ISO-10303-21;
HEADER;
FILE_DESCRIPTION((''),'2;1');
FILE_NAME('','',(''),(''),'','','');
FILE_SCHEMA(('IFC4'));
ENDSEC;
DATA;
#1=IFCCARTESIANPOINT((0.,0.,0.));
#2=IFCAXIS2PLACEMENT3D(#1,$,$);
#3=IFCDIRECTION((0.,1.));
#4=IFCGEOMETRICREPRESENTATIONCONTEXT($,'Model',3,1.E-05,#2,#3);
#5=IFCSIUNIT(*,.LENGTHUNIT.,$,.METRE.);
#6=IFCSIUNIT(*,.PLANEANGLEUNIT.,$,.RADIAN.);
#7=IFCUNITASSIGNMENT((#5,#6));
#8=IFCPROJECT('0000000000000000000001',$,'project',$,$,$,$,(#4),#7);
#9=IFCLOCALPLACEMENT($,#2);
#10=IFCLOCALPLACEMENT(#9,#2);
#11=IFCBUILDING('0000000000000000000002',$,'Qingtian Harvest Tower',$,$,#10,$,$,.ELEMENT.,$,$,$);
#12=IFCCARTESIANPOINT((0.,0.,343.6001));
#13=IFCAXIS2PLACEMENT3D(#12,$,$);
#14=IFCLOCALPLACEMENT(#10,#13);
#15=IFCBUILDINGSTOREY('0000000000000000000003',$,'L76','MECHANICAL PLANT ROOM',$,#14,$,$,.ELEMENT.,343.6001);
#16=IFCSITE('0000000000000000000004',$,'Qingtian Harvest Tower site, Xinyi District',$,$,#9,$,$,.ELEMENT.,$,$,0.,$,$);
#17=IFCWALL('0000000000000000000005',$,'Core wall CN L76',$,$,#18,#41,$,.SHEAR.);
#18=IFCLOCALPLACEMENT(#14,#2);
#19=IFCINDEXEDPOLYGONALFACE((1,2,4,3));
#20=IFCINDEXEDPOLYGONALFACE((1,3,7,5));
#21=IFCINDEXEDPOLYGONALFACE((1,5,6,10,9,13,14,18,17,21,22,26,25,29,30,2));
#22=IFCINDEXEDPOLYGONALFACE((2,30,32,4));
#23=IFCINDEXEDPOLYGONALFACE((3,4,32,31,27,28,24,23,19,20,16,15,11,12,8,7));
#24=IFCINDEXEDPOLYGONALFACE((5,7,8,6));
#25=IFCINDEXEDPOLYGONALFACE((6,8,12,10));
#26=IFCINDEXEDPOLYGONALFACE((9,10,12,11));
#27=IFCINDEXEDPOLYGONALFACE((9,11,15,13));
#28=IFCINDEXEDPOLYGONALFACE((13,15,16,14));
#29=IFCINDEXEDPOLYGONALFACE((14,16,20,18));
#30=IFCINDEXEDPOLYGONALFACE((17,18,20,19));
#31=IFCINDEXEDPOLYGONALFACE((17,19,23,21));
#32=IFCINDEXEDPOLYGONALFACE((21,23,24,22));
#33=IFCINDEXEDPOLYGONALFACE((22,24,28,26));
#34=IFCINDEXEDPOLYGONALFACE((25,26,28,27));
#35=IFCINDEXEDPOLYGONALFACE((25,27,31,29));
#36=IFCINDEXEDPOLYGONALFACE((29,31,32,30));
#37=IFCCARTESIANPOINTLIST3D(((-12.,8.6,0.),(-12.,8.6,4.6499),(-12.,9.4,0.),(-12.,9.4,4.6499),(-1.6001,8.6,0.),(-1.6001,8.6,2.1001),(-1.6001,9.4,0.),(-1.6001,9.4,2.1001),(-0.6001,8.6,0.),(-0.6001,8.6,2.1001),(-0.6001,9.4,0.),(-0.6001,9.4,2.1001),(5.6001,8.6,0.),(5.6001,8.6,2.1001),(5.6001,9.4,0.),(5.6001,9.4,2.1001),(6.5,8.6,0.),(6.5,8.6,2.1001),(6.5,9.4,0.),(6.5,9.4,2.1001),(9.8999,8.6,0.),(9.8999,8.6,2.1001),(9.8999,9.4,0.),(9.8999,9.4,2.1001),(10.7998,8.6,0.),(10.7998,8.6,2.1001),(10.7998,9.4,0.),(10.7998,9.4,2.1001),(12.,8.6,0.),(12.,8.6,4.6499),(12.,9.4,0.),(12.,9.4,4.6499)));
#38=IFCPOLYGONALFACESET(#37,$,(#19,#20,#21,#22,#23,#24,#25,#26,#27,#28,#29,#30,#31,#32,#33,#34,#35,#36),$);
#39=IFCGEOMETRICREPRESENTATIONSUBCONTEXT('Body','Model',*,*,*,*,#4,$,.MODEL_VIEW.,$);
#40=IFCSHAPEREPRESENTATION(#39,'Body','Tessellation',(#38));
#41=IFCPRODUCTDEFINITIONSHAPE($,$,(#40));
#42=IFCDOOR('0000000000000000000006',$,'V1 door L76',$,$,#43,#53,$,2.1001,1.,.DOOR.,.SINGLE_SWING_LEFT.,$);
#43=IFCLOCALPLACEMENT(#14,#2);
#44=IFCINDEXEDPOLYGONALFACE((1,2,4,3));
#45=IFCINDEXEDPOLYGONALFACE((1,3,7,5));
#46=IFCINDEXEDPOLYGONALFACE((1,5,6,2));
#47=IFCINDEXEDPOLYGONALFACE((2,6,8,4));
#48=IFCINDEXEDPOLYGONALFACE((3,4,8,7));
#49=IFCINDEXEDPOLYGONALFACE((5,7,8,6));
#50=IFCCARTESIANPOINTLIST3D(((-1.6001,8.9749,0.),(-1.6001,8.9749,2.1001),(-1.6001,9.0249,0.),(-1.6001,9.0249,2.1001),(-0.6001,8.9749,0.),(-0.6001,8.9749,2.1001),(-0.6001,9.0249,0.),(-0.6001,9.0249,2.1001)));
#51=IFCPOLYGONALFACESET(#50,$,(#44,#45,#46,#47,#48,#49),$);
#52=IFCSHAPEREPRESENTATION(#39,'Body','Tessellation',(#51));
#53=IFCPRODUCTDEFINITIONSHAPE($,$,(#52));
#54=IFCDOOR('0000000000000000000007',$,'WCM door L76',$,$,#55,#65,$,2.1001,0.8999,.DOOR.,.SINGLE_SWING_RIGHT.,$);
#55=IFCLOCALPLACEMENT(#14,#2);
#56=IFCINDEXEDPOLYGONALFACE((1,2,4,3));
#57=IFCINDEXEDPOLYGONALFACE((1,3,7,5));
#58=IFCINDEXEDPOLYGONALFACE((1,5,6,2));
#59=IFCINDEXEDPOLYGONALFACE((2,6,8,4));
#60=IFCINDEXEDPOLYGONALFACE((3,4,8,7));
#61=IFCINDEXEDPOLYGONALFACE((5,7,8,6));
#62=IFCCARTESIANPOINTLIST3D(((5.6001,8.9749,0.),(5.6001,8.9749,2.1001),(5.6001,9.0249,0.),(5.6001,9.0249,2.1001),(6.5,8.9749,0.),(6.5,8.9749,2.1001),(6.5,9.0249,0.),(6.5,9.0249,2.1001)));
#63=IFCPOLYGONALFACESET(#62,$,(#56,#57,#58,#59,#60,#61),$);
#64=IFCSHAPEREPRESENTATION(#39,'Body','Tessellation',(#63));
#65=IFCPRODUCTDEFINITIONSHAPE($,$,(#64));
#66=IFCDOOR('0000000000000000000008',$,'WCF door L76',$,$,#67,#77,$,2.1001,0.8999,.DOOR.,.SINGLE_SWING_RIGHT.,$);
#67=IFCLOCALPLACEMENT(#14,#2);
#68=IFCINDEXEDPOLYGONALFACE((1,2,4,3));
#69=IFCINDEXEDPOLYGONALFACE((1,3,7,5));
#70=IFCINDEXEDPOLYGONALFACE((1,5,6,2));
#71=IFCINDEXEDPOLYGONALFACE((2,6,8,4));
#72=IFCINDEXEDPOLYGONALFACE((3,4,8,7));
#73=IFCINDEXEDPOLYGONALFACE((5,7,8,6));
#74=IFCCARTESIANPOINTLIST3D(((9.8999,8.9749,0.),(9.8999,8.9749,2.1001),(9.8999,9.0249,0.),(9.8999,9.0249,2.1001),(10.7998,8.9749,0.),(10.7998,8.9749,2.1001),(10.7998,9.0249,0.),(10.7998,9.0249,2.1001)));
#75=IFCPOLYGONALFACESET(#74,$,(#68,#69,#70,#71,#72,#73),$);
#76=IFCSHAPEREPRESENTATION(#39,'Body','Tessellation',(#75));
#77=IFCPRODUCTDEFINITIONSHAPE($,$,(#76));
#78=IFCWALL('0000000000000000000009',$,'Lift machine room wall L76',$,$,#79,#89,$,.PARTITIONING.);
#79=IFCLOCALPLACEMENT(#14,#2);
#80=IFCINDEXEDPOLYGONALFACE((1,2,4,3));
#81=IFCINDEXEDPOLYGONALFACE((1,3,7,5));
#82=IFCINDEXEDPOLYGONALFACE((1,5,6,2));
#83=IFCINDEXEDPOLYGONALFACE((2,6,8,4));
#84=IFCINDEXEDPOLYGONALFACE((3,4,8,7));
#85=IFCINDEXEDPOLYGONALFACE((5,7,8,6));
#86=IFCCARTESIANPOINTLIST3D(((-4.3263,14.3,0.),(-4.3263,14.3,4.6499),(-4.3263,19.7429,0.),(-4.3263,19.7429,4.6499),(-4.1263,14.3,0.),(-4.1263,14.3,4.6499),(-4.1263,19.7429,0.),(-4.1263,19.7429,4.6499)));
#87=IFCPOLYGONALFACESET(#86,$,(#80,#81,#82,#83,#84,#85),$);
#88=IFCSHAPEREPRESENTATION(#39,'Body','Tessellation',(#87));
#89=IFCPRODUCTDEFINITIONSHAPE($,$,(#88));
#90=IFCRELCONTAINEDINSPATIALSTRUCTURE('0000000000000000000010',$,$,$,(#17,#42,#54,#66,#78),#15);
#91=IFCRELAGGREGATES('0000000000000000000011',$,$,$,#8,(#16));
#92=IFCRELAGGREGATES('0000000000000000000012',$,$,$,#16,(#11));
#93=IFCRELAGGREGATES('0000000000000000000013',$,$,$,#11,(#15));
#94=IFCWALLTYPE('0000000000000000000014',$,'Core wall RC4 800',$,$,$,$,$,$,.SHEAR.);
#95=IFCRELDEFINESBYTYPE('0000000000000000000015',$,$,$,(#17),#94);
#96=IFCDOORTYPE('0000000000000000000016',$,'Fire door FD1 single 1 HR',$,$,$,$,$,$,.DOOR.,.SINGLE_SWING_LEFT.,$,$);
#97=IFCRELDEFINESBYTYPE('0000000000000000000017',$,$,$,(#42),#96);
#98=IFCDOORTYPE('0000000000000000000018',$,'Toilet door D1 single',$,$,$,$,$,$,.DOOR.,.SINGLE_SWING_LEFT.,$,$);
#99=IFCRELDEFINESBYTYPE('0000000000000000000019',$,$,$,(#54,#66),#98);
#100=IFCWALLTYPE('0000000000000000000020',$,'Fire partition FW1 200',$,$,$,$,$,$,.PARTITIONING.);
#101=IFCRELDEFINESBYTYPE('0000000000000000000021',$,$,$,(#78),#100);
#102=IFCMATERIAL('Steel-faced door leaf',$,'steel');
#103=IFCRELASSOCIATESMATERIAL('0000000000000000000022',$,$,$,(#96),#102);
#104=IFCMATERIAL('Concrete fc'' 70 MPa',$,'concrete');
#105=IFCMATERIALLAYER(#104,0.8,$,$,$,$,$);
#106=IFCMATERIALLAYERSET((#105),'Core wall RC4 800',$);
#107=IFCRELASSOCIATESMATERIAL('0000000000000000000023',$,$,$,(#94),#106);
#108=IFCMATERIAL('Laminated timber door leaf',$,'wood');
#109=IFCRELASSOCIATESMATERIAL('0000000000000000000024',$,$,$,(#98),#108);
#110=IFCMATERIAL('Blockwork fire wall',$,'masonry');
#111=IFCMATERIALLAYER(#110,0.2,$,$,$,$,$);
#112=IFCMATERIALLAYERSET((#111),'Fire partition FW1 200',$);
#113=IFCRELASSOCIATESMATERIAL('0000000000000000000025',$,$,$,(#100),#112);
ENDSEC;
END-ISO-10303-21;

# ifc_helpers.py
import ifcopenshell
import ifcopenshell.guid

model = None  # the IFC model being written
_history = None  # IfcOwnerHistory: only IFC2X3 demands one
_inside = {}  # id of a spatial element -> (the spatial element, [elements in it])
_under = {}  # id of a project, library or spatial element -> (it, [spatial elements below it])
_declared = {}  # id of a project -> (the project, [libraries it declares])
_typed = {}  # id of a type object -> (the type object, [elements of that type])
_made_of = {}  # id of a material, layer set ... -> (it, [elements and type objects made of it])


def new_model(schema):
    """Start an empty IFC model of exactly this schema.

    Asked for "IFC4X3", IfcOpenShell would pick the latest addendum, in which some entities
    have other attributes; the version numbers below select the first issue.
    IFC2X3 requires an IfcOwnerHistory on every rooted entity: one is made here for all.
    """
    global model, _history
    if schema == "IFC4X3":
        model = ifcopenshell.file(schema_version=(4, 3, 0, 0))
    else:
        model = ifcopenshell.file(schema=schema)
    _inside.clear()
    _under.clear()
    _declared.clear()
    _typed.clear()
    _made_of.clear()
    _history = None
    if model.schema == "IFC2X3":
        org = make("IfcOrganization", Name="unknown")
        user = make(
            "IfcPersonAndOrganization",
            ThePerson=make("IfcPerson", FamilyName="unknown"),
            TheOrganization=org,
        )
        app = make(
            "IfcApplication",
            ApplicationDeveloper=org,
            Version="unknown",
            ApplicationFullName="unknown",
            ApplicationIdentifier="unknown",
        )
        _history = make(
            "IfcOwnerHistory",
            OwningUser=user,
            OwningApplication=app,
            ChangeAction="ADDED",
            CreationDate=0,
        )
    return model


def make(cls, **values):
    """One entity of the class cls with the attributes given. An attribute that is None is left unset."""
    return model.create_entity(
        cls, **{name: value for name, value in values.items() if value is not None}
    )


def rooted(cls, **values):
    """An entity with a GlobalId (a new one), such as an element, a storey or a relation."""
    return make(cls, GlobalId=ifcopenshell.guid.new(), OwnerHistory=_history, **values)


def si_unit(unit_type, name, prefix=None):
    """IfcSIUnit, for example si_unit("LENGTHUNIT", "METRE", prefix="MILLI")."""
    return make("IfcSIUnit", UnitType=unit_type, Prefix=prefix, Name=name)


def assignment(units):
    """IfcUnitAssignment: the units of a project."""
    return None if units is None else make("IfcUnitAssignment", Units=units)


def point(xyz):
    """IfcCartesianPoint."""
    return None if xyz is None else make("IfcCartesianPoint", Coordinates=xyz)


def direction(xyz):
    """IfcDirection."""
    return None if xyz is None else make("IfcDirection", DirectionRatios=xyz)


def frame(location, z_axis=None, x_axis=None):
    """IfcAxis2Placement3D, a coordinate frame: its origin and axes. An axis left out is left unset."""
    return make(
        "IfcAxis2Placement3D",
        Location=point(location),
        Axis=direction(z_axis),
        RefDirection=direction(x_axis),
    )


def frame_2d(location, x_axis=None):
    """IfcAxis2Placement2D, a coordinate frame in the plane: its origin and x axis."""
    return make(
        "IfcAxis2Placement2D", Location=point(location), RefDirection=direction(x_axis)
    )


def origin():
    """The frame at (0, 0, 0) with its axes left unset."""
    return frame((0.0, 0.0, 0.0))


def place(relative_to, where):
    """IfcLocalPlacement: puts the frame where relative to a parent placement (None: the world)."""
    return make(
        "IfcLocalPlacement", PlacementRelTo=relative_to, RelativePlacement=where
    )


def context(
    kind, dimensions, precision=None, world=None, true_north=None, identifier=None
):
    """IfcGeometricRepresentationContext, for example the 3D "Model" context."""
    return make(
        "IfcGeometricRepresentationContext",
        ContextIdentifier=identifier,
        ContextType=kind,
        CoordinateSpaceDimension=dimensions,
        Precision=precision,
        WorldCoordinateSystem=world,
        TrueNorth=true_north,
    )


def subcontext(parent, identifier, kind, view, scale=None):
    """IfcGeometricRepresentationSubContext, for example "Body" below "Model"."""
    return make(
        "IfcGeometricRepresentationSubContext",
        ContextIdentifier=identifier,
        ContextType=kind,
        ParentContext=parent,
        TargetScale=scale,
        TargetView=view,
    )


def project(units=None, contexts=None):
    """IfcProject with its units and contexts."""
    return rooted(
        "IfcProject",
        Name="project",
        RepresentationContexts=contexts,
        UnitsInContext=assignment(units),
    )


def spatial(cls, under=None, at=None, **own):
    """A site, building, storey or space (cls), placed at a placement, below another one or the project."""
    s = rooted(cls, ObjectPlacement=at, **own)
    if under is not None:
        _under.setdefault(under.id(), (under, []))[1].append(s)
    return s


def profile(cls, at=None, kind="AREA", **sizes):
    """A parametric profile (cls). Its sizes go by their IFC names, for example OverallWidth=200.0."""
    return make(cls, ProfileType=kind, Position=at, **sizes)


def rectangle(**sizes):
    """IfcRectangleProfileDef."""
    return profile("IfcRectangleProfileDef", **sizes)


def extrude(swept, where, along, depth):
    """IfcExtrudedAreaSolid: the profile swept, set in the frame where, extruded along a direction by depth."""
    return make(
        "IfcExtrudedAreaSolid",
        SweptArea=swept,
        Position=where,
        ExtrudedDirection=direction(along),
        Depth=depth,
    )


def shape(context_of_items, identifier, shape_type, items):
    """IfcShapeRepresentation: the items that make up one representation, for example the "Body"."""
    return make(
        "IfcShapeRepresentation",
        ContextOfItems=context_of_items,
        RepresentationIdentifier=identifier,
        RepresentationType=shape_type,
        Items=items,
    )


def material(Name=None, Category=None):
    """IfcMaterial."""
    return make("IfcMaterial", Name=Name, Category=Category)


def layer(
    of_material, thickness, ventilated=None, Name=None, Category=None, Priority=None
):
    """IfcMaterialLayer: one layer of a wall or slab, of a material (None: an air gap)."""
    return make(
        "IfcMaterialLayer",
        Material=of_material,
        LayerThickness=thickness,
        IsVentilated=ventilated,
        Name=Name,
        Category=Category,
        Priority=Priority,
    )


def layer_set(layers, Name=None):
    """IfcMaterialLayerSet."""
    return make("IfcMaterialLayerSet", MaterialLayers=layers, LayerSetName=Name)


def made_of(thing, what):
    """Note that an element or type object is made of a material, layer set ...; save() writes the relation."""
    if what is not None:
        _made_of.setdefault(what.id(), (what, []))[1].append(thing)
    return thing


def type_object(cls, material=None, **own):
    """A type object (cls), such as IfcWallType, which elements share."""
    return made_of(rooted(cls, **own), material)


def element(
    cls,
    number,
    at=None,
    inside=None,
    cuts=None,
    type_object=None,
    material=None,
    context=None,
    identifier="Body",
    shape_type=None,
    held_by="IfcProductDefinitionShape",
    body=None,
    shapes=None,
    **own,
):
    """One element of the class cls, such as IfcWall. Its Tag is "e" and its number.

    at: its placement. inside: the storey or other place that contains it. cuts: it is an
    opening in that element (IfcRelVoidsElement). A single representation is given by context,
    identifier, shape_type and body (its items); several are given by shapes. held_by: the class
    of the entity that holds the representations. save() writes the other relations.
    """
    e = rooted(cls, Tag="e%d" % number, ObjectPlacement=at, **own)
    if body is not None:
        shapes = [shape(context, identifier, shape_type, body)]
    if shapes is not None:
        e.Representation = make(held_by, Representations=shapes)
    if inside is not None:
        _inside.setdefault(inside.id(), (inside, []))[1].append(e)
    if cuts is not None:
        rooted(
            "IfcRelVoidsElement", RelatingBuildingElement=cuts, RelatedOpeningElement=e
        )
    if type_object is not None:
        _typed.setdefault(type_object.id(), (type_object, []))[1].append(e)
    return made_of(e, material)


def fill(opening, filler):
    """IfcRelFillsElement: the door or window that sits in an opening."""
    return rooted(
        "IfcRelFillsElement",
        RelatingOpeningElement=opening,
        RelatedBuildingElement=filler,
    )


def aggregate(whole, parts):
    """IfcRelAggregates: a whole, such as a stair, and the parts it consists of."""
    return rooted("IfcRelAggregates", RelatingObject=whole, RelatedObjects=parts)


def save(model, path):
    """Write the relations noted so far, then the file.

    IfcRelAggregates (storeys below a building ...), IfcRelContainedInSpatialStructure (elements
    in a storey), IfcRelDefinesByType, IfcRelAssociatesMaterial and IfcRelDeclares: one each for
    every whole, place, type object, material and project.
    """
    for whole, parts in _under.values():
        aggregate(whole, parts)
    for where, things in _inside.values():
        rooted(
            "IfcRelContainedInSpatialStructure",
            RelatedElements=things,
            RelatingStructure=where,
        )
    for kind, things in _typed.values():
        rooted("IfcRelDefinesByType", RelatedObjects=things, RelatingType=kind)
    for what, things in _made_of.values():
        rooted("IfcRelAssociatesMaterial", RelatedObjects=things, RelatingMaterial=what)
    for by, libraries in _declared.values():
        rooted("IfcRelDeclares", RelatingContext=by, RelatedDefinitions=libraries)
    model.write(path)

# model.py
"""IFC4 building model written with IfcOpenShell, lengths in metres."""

from ifc_helpers import new_model, si_unit, direction, frame, frame_2d, origin, place, context, subcontext, project, spatial, rectangle, extrude, material, layer, layer_set, type_object, element, fill, save


model = new_model("IFC4")

# Units and contexts
model_context = context("Model", 3, precision=1e-05, world=origin(), true_north=direction((0.0, 1.0)))
body_context = subcontext(model_context, "Body", "Model", "MODEL_VIEW")
ifc_project = project(units=[si_unit("LENGTHUNIT", "METRE"), si_unit("PLANEANGLEUNIT", "RADIAN")], contexts=[model_context])

# Site, building, storey
site_placement = place(None, origin())
site = spatial("IfcSite", under=ifc_project, at=site_placement, Name="Qingtian Harvest Tower site, Xinyi District", CompositionType="ELEMENT", RefElevation=0.0)
building_placement = place(site_placement, origin())
building = spatial("IfcBuilding", under=site, at=building_placement, Name="Qingtian Harvest Tower", CompositionType="ELEMENT")
storey_placement = place(building_placement, frame((0.0, 0.0, 343.6001)))
storey = spatial("IfcBuildingStorey", under=building, at=storey_placement, Name="L76", Description="MECHANICAL PLANT ROOM", CompositionType="ELEMENT", Elevation=343.6001)

# Shared definitions
ifc_material_1 = material(Name="Steel-faced door leaf", Category="steel")
door_type_1 = type_object("IfcDoorType", Name="Fire door FD1 single 1 HR", OperationType="SINGLE_SWING_LEFT", PredefinedType="DOOR", material=ifc_material_1)

# Wall, openings, doors
ifc_material_2 = material(Name="Concrete fc' 70 MPa", Category="concrete")
ifc_layer_1 = layer(ifc_material_2, 0.8)
ifc_layer_set_1 = layer_set([ifc_layer_1], Name="Core wall RC4 800")
wall_type_1 = type_object("IfcWallType", Name="Core wall RC4 800", PredefinedType="SHEAR", material=ifc_layer_set_1)
wall_1_placement = place(storey_placement, frame((-12.0, 9.0, 0.0), z_axis=(0.0, 0.0, 1.0), x_axis=(1.0, 0.0, 0.0)))
wall_1 = element("IfcWall", 1, at=wall_1_placement, inside=storey, type_object=wall_type_1, Name="Core wall CN L76", PredefinedType="SHEAR", context=body_context, shape_type="SweptSolid", body=[
    extrude(rectangle(XDim=24.0, YDim=0.8, at=frame_2d((12.0, 0.0))), origin(), (0.0, 0.0, 1.0), 4.6499),
])
opening_1_placement = place(wall_1_placement, frame((10.3999, 0.0, 0.0)))
opening_1 = element("IfcOpeningElement", 2, at=opening_1_placement, cuts=wall_1, PredefinedType="OPENING", context=body_context, shape_type="SweptSolid", body=[
    extrude(rectangle(XDim=1.0, YDim=2.1001, at=frame_2d((0.5, 1.05))), frame((0.0, 0.4099, 0.0), z_axis=(0.0, -1.0, 0.0), x_axis=(1.0, 0.0, 0.0)), (0.0, 0.0, 1.0), 0.8201),
])
opening_2_placement = place(wall_1_placement, frame((17.6001, 0.0, 0.0)))
opening_2 = element("IfcOpeningElement", 3, at=opening_2_placement, cuts=wall_1, PredefinedType="OPENING", context=body_context, shape_type="SweptSolid", body=[
    extrude(rectangle(XDim=0.8999, YDim=2.1001, at=frame_2d((0.45, 1.05))), frame((0.0, 0.4099, 0.0), z_axis=(0.0, -1.0, 0.0), x_axis=(1.0, 0.0, 0.0)), (0.0, 0.0, 1.0), 0.8201),
])
opening_3_placement = place(wall_1_placement, frame((21.8999, 0.0, 0.0)))
opening_3 = element("IfcOpeningElement", 4, at=opening_3_placement, cuts=wall_1, PredefinedType="OPENING", context=body_context, shape_type="SweptSolid", body=[
    extrude(rectangle(XDim=0.8999, YDim=2.1001, at=frame_2d((0.45, 1.05))), frame((0.0, 0.4099, 0.0), z_axis=(0.0, -1.0, 0.0), x_axis=(1.0, 0.0, 0.0)), (0.0, 0.0, 1.0), 0.8201),
])
door_1_placement = place(opening_1_placement, origin())
door_1 = element("IfcDoor", 5, at=door_1_placement, inside=storey, type_object=door_type_1, Name="V1 door L76", OperationType="SINGLE_SWING_LEFT", OverallHeight=2.1001, OverallWidth=1.0, PredefinedType="DOOR", context=body_context, shape_type="SweptSolid", body=[
    extrude(rectangle(XDim=1.0, YDim=2.1001, at=frame_2d((0.5, 1.05))), frame((0.0, 0.0249, 0.0), z_axis=(0.0, -1.0, 0.0), x_axis=(1.0, 0.0, 0.0)), (0.0, 0.0, 1.0), 0.05),
])
fill(opening_1, door_1)
ifc_material_3 = material(Name="Laminated timber door leaf", Category="wood")
door_type_2 = type_object("IfcDoorType", Name="Toilet door D1 single", OperationType="SINGLE_SWING_LEFT", PredefinedType="DOOR", material=ifc_material_3)
door_2_placement = place(opening_2_placement, origin())
door_2 = element("IfcDoor", 6, at=door_2_placement, inside=storey, type_object=door_type_2, Name="WCM door L76", OperationType="SINGLE_SWING_RIGHT", OverallHeight=2.1001, OverallWidth=0.8999, PredefinedType="DOOR", context=body_context, shape_type="SweptSolid", body=[
    extrude(rectangle(XDim=0.8999, YDim=2.1001, at=frame_2d((0.45, 1.05))), frame((0.0, 0.0249, 0.0), z_axis=(0.0, -1.0, 0.0), x_axis=(1.0, 0.0, 0.0)), (0.0, 0.0, 1.0), 0.05),
])
fill(opening_2, door_2)
door_3_placement = place(opening_3_placement, origin())
door_3 = element("IfcDoor", 7, at=door_3_placement, inside=storey, type_object=door_type_2, Name="WCF door L76", OperationType="SINGLE_SWING_RIGHT", OverallHeight=2.1001, OverallWidth=0.8999, PredefinedType="DOOR", context=body_context, shape_type="SweptSolid", body=[
    extrude(rectangle(XDim=0.8999, YDim=2.1001, at=frame_2d((0.45, 1.05))), frame((0.0, 0.0249, 0.0), z_axis=(0.0, -1.0, 0.0), x_axis=(1.0, 0.0, 0.0)), (0.0, 0.0, 1.0), 0.05),
])
fill(opening_3, door_3)

# Shared definitions
ifc_material_4 = material(Name="Blockwork fire wall", Category="masonry")
ifc_layer_2 = layer(ifc_material_4, 0.2)
ifc_layer_set_2 = layer_set([ifc_layer_2], Name="Fire partition FW1 200")
wall_type_2 = type_object("IfcWallType", Name="Fire partition FW1 200", PredefinedType="PARTITIONING", material=ifc_layer_set_2)

# Wall
wall_2_placement = place(storey_placement, frame((-4.2263, 19.7429, 0.0), z_axis=(0.0, 0.0, 1.0), x_axis=(0.0, -1.0, 0.0)))
element("IfcWall", 8, at=wall_2_placement, inside=storey, type_object=wall_type_2, Name="Lift machine room wall L76", PredefinedType="PARTITIONING", context=body_context, shape_type="SweptSolid", body=[
    extrude(rectangle(XDim=5.4429, YDim=0.2, at=frame_2d((2.7214, 0.0))), origin(), (0.0, 0.0, 1.0), 4.6499),
])

save(model, "model.ifc")
